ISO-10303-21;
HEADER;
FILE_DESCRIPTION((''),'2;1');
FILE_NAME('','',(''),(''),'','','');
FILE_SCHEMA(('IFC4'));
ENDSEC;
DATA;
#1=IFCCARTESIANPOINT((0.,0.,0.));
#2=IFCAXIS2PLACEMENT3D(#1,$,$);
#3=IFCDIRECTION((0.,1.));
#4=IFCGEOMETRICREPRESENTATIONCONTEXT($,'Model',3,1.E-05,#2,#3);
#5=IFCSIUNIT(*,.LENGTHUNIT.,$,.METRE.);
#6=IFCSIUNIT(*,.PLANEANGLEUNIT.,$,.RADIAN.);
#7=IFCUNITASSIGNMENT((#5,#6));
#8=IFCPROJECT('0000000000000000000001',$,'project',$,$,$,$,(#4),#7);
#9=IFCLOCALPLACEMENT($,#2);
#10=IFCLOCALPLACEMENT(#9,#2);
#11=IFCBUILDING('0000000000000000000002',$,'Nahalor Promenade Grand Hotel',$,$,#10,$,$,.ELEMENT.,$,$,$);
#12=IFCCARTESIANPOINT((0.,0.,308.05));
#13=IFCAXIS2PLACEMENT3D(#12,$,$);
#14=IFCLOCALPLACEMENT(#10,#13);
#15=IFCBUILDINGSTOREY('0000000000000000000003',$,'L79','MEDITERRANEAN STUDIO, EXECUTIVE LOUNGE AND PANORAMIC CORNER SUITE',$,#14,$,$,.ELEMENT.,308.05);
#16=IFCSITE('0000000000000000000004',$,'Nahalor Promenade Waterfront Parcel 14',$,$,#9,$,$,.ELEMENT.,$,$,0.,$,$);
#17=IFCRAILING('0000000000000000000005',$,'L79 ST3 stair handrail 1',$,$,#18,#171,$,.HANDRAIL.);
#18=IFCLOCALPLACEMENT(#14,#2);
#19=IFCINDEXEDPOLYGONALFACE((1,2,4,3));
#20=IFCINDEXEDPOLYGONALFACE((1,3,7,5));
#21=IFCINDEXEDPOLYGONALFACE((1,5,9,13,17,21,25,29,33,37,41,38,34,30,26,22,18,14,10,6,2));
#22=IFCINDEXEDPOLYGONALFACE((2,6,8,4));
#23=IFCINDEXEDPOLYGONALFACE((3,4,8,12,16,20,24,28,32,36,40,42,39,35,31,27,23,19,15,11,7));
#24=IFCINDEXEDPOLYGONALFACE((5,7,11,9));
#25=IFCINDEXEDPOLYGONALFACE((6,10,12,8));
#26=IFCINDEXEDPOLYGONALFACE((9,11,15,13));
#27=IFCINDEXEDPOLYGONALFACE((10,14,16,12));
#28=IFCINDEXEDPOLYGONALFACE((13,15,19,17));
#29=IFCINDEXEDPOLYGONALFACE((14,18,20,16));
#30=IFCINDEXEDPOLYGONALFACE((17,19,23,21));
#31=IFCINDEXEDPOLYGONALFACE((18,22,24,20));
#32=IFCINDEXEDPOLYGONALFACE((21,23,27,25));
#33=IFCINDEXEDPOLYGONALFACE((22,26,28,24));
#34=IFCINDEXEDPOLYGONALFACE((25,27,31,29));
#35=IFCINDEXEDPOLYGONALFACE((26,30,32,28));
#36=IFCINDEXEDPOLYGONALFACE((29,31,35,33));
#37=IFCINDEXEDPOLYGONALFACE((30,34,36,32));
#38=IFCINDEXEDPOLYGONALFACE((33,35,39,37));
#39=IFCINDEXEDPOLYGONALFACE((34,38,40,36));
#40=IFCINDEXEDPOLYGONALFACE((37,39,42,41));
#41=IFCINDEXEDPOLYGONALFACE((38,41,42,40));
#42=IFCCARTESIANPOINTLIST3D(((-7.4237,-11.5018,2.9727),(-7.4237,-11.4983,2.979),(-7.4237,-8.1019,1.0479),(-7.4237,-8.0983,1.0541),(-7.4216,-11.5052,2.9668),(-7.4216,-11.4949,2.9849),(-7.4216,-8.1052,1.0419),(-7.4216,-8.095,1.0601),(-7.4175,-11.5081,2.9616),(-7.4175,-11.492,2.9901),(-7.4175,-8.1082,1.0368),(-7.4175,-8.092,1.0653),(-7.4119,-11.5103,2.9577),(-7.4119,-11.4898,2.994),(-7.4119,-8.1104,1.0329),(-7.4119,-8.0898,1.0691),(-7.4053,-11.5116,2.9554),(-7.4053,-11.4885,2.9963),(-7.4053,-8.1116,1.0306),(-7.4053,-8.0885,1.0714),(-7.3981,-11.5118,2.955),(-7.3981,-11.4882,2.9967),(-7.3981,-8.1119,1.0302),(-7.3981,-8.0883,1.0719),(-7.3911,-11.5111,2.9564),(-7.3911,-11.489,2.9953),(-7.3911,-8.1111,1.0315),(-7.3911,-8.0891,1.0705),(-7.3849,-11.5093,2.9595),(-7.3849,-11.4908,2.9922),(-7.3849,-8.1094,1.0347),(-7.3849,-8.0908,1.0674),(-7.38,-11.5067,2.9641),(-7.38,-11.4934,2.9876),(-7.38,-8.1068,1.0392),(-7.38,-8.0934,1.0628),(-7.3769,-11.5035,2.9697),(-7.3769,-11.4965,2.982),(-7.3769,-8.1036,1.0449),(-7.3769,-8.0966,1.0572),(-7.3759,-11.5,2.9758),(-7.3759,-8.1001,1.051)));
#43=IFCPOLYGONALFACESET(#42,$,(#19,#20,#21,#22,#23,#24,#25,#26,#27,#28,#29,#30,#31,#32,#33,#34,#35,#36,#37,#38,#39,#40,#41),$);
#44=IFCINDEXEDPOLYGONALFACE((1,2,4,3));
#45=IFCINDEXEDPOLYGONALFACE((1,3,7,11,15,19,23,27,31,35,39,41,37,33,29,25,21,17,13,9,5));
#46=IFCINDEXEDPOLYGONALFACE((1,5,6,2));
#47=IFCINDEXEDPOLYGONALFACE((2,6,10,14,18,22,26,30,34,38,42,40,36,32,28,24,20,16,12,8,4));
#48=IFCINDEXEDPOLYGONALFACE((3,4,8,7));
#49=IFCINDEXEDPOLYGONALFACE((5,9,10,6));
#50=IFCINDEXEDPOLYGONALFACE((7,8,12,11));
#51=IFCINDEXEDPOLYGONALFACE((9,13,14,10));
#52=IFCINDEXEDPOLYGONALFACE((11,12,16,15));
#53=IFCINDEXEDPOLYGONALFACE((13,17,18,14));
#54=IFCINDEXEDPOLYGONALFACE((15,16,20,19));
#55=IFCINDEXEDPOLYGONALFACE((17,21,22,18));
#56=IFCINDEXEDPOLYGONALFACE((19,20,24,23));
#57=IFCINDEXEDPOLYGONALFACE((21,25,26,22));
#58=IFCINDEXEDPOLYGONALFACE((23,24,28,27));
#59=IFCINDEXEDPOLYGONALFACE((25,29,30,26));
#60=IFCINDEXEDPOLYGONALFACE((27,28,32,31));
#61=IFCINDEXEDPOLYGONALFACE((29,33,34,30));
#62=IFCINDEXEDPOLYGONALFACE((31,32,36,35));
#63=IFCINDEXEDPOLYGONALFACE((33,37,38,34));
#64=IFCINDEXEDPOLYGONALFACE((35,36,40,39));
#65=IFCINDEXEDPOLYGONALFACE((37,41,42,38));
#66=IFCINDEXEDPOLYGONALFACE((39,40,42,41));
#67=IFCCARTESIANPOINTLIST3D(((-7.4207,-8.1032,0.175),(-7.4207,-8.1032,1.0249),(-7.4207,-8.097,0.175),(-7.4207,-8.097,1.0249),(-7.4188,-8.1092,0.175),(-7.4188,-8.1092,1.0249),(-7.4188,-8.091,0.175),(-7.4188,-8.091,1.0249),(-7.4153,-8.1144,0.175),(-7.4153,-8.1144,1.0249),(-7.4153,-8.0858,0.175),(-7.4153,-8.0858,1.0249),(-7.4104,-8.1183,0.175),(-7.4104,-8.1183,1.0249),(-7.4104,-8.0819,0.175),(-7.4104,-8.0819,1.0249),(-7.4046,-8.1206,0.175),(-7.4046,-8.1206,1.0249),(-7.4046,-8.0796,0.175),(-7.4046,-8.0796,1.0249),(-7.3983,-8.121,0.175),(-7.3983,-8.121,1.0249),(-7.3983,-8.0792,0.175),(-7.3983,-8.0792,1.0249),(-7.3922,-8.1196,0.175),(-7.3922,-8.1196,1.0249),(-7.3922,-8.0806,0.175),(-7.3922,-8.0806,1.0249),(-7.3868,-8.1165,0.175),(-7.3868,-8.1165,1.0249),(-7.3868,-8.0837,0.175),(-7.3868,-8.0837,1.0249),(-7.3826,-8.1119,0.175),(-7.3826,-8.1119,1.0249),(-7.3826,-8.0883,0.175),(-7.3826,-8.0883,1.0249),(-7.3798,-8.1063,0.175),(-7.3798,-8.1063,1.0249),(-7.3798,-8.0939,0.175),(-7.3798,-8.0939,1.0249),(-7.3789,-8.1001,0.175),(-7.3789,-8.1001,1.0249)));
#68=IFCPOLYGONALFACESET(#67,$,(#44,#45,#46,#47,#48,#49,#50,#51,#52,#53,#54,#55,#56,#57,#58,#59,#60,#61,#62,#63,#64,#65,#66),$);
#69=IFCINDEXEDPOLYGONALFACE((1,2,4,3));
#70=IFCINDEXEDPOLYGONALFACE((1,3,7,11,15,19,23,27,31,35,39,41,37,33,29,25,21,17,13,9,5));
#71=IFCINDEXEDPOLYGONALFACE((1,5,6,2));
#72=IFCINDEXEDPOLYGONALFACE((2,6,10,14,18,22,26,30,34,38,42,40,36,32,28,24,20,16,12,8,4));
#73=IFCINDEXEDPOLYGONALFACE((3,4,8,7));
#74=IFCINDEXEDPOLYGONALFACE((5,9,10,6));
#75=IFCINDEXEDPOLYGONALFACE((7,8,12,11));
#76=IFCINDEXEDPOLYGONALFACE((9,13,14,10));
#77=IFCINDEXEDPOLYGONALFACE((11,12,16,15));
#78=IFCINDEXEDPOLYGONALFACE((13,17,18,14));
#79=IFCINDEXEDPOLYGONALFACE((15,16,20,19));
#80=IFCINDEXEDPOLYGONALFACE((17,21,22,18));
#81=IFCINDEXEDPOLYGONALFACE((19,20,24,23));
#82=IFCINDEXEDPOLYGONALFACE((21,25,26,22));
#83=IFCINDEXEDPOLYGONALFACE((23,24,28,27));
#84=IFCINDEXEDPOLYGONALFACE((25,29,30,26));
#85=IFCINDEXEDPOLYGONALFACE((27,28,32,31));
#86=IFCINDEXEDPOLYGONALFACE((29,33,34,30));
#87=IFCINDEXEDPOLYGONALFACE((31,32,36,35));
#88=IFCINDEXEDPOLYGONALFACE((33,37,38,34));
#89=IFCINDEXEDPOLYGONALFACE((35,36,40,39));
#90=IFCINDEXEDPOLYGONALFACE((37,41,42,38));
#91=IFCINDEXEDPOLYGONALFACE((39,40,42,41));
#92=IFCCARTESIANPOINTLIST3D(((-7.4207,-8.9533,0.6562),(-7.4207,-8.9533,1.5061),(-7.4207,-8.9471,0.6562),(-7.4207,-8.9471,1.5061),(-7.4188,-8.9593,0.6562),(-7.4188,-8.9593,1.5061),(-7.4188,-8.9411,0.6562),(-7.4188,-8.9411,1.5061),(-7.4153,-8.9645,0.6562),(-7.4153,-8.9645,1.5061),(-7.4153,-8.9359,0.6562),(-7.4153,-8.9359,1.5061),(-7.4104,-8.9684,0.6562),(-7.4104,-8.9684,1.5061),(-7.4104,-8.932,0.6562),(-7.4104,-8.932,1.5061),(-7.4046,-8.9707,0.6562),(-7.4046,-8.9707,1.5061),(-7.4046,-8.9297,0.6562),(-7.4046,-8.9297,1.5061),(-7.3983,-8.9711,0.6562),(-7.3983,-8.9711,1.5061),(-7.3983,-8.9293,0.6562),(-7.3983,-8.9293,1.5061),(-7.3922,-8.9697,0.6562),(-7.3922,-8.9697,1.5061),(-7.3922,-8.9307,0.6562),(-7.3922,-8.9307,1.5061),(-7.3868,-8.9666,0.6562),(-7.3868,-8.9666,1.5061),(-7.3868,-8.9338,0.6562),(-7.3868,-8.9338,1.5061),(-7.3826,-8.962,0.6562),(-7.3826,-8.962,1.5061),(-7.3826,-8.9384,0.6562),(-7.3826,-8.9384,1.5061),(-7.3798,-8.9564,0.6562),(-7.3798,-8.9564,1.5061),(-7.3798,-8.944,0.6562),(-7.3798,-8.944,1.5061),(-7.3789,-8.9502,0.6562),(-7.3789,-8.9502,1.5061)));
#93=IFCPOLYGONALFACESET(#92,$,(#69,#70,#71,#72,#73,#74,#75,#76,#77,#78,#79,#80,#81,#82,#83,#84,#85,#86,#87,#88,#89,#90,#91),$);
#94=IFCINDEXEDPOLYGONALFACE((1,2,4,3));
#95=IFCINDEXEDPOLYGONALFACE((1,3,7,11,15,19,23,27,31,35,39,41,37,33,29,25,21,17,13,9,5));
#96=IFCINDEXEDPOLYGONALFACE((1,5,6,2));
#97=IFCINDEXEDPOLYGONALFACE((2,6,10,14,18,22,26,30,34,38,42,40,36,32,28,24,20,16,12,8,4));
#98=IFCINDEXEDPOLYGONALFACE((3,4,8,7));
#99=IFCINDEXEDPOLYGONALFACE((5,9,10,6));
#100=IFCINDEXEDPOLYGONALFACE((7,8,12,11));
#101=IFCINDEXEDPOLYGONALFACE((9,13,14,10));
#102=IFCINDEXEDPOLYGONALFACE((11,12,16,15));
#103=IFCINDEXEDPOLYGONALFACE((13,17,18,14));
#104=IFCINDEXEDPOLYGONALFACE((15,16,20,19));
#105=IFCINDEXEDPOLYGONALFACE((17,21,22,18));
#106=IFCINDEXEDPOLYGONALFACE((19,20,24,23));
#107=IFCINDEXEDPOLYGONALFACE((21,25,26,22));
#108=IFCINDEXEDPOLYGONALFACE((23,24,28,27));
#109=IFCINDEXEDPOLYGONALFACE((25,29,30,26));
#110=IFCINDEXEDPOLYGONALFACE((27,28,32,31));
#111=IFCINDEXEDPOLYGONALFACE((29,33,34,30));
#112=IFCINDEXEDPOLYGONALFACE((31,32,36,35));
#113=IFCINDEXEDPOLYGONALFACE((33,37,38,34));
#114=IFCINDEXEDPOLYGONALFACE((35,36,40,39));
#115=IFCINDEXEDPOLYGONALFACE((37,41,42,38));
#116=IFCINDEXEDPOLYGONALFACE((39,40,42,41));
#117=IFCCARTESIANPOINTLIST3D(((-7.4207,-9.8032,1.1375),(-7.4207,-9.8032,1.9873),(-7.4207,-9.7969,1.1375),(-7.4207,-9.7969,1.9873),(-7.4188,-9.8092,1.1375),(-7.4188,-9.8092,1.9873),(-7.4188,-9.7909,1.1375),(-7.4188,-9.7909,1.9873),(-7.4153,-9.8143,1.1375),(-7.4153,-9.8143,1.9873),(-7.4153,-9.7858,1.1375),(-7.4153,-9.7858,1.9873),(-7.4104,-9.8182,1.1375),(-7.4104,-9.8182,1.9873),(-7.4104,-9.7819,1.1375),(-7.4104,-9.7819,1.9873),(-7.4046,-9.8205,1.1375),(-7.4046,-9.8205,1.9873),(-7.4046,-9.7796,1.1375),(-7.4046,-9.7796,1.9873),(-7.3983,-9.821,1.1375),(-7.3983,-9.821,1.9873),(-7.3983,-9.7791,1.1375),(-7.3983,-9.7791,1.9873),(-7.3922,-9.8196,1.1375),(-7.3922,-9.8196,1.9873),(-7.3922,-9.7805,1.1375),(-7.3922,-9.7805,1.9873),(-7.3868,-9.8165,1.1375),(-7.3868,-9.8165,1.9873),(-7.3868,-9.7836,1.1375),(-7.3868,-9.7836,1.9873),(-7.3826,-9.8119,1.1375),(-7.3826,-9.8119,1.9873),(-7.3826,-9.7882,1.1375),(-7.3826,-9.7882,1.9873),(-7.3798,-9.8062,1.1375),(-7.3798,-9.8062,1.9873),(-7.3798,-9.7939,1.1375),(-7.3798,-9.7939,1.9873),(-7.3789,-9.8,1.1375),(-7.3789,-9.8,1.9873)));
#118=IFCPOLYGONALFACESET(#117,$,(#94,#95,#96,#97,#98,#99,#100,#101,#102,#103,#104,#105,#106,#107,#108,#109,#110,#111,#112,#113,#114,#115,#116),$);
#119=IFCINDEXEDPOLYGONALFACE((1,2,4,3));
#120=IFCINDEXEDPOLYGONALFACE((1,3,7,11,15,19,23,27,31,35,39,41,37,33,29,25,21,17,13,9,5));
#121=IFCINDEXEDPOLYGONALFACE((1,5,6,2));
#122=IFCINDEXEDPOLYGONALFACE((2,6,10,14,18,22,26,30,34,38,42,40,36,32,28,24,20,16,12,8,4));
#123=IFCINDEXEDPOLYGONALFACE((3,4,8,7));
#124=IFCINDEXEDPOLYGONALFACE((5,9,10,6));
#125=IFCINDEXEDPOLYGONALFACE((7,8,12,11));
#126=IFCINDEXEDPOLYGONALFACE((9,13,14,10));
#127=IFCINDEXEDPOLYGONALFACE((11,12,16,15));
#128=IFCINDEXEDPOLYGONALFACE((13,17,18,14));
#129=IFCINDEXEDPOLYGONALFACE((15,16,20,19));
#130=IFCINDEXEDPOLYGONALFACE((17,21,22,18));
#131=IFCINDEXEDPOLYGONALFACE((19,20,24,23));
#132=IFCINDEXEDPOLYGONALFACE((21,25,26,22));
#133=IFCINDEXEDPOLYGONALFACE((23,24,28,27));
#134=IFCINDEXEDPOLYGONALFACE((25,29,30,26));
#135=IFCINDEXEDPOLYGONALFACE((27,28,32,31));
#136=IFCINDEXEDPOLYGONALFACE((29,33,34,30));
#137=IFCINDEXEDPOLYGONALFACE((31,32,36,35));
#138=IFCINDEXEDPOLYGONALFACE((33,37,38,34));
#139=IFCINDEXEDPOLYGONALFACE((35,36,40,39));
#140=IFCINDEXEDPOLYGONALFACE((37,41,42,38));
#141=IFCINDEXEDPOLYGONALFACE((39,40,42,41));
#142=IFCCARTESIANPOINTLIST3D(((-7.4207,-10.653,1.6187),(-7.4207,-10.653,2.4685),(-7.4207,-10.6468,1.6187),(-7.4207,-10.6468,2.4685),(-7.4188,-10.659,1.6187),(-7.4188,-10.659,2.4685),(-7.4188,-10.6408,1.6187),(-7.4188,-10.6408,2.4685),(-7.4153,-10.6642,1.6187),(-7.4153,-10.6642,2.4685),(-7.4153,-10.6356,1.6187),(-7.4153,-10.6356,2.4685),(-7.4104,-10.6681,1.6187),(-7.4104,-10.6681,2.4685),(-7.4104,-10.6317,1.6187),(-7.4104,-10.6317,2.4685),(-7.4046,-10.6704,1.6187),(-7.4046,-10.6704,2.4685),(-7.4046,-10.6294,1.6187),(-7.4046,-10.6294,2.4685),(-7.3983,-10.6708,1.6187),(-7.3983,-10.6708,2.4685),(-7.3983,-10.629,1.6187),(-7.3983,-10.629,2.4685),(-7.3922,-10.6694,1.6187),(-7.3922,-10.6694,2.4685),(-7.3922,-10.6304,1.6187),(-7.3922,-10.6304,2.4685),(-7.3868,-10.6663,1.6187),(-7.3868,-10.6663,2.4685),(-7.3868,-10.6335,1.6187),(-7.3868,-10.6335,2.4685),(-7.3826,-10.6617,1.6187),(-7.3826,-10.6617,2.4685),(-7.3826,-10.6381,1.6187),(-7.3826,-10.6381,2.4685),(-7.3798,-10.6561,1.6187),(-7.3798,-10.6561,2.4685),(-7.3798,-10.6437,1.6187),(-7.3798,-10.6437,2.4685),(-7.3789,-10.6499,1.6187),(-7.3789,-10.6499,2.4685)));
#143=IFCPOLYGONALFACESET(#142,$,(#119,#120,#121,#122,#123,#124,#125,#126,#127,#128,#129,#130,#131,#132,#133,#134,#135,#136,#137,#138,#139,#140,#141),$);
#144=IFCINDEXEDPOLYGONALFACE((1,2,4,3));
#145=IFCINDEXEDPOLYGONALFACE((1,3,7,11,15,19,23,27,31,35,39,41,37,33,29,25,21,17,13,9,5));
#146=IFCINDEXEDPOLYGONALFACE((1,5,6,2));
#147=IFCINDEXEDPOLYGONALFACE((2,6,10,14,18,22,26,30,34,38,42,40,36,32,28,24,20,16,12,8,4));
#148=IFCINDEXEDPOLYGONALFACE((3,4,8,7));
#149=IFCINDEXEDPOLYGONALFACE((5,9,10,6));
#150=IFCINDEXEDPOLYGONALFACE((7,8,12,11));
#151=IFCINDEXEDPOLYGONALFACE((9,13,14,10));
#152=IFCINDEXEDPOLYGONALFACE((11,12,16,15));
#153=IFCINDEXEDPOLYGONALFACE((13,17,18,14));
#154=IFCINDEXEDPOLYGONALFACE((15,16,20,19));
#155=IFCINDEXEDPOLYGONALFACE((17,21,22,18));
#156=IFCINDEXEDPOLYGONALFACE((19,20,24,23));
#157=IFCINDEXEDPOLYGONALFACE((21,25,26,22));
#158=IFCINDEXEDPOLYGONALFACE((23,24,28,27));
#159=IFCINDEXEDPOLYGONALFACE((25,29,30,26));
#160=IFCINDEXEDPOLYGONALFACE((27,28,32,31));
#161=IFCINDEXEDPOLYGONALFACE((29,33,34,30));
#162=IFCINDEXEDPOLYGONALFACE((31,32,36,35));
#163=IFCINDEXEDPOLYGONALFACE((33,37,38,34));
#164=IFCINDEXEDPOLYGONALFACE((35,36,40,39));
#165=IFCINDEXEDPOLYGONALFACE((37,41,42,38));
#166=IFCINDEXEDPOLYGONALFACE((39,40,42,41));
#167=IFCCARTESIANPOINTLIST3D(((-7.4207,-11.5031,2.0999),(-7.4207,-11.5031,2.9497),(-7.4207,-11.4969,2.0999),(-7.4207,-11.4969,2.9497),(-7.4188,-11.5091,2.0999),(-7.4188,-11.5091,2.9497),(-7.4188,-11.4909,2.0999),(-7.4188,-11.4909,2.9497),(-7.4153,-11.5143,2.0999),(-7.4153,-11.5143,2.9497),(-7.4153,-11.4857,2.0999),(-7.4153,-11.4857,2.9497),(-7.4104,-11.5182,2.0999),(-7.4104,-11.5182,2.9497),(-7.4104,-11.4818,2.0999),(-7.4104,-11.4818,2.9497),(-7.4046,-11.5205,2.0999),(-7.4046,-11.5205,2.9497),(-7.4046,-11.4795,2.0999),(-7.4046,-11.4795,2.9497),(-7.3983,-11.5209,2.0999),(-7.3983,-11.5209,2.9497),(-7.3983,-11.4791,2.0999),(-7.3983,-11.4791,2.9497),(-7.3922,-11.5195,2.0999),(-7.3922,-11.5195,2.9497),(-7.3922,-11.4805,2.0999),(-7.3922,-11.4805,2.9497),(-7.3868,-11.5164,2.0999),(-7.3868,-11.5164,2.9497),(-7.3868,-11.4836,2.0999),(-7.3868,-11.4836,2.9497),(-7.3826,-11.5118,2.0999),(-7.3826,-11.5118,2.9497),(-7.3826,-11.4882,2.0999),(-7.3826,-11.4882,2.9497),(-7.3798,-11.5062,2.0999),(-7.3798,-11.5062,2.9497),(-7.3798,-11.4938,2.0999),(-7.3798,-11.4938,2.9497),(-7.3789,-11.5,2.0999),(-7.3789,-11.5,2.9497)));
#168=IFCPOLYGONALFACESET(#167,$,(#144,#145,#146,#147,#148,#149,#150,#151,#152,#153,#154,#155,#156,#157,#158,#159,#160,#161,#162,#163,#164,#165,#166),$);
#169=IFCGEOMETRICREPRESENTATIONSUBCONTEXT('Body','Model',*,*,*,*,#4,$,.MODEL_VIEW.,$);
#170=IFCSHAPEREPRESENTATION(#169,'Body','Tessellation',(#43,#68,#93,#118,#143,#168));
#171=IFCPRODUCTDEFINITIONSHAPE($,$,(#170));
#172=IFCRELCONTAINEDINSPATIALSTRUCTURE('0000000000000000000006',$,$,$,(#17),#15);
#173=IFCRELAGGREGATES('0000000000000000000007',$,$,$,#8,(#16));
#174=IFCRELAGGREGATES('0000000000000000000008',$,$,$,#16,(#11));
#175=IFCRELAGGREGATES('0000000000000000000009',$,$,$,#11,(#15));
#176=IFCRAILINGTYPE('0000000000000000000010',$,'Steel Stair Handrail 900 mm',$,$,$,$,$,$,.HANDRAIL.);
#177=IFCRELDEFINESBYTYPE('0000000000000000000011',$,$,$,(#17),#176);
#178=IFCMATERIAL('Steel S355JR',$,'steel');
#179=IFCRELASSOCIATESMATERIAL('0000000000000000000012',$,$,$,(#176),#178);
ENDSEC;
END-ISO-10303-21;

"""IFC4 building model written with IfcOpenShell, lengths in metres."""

from ifc_helpers import new_model, si_unit, direction, frame, origin, origin_2d, place, context, subcontext, project, spatial, circle, extrude, material, type_object, element, save


model = new_model("IFC4")

# Units and contexts
model_context = context("Model", 3, precision=1e-05, world=origin(), true_north=direction((0.0, 1.0)))
body_context = subcontext(model_context, "Body", "Model", "MODEL_VIEW")
ifc_project = project(units=[si_unit("LENGTHUNIT", "METRE"), si_unit("PLANEANGLEUNIT", "RADIAN")], contexts=[model_context])

# Site, building, storey
site_placement = place(None, origin())
site = spatial("IfcSite", under=ifc_project, at=site_placement, Name="Nahalor Promenade Waterfront Parcel 14", CompositionType="ELEMENT", RefElevation=0.0)
building_placement = place(site_placement, origin())
building = spatial("IfcBuilding", under=site, at=building_placement, Name="Nahalor Promenade Grand Hotel", CompositionType="ELEMENT")
storey_placement = place(building_placement, frame((0.0, 0.0, 308.05)))
storey = spatial("IfcBuildingStorey", under=building, at=storey_placement, Name="L79", Description="MEDITERRANEAN STUDIO, EXECUTIVE LOUNGE AND PANORAMIC CORNER SUITE", CompositionType="ELEMENT", Elevation=308.05)

# Shared definitions
ifc_material_1 = material(Name="Steel S355JR", Category="steel")

# Railing
railing_type_1 = type_object("IfcRailingType", Name="Steel Stair Handrail 900 mm", PredefinedType="HANDRAIL", material=ifc_material_1)
railing_1_placement = place(storey_placement, frame((-7.3999, -8.1001, 0.175)))
element("IfcRailing", 1, at=railing_1_placement, inside=storey, type_object=railing_type_1, Name="L79 ST3 stair handrail 1", PredefinedType="HANDRAIL", context=body_context, shape_type="SweptSolid", body=[
    extrude(circle(Radius=0.024, at=origin_2d()), frame((0.0, 0.0, 0.876), z_axis=(0.0, -0.87022, 0.492663), x_axis=(1.0, 0.0, 0.0)), (0.0, 0.0, 1.0), 3.907),
    extrude(circle(Radius=0.021, at=origin_2d()), origin(), (0.0, 0.0, 1.0), 0.8499),
    extrude(circle(Radius=0.021, at=origin_2d()), frame((0.0, -0.8501, 0.4812)), (0.0, 0.0, 1.0), 0.8499),
    extrude(circle(Radius=0.021, at=origin_2d()), frame((0.0, -1.7, 0.9624)), (0.0, 0.0, 1.0), 0.8499),
    extrude(circle(Radius=0.021, at=origin_2d()), frame((0.0, -2.5498, 1.4436)), (0.0, 0.0, 1.0), 0.8499),
    extrude(circle(Radius=0.021, at=origin_2d()), frame((0.0, -3.3999, 1.9248)), (0.0, 0.0, 1.0), 0.8499),
])

save(model, "model.ifc")
